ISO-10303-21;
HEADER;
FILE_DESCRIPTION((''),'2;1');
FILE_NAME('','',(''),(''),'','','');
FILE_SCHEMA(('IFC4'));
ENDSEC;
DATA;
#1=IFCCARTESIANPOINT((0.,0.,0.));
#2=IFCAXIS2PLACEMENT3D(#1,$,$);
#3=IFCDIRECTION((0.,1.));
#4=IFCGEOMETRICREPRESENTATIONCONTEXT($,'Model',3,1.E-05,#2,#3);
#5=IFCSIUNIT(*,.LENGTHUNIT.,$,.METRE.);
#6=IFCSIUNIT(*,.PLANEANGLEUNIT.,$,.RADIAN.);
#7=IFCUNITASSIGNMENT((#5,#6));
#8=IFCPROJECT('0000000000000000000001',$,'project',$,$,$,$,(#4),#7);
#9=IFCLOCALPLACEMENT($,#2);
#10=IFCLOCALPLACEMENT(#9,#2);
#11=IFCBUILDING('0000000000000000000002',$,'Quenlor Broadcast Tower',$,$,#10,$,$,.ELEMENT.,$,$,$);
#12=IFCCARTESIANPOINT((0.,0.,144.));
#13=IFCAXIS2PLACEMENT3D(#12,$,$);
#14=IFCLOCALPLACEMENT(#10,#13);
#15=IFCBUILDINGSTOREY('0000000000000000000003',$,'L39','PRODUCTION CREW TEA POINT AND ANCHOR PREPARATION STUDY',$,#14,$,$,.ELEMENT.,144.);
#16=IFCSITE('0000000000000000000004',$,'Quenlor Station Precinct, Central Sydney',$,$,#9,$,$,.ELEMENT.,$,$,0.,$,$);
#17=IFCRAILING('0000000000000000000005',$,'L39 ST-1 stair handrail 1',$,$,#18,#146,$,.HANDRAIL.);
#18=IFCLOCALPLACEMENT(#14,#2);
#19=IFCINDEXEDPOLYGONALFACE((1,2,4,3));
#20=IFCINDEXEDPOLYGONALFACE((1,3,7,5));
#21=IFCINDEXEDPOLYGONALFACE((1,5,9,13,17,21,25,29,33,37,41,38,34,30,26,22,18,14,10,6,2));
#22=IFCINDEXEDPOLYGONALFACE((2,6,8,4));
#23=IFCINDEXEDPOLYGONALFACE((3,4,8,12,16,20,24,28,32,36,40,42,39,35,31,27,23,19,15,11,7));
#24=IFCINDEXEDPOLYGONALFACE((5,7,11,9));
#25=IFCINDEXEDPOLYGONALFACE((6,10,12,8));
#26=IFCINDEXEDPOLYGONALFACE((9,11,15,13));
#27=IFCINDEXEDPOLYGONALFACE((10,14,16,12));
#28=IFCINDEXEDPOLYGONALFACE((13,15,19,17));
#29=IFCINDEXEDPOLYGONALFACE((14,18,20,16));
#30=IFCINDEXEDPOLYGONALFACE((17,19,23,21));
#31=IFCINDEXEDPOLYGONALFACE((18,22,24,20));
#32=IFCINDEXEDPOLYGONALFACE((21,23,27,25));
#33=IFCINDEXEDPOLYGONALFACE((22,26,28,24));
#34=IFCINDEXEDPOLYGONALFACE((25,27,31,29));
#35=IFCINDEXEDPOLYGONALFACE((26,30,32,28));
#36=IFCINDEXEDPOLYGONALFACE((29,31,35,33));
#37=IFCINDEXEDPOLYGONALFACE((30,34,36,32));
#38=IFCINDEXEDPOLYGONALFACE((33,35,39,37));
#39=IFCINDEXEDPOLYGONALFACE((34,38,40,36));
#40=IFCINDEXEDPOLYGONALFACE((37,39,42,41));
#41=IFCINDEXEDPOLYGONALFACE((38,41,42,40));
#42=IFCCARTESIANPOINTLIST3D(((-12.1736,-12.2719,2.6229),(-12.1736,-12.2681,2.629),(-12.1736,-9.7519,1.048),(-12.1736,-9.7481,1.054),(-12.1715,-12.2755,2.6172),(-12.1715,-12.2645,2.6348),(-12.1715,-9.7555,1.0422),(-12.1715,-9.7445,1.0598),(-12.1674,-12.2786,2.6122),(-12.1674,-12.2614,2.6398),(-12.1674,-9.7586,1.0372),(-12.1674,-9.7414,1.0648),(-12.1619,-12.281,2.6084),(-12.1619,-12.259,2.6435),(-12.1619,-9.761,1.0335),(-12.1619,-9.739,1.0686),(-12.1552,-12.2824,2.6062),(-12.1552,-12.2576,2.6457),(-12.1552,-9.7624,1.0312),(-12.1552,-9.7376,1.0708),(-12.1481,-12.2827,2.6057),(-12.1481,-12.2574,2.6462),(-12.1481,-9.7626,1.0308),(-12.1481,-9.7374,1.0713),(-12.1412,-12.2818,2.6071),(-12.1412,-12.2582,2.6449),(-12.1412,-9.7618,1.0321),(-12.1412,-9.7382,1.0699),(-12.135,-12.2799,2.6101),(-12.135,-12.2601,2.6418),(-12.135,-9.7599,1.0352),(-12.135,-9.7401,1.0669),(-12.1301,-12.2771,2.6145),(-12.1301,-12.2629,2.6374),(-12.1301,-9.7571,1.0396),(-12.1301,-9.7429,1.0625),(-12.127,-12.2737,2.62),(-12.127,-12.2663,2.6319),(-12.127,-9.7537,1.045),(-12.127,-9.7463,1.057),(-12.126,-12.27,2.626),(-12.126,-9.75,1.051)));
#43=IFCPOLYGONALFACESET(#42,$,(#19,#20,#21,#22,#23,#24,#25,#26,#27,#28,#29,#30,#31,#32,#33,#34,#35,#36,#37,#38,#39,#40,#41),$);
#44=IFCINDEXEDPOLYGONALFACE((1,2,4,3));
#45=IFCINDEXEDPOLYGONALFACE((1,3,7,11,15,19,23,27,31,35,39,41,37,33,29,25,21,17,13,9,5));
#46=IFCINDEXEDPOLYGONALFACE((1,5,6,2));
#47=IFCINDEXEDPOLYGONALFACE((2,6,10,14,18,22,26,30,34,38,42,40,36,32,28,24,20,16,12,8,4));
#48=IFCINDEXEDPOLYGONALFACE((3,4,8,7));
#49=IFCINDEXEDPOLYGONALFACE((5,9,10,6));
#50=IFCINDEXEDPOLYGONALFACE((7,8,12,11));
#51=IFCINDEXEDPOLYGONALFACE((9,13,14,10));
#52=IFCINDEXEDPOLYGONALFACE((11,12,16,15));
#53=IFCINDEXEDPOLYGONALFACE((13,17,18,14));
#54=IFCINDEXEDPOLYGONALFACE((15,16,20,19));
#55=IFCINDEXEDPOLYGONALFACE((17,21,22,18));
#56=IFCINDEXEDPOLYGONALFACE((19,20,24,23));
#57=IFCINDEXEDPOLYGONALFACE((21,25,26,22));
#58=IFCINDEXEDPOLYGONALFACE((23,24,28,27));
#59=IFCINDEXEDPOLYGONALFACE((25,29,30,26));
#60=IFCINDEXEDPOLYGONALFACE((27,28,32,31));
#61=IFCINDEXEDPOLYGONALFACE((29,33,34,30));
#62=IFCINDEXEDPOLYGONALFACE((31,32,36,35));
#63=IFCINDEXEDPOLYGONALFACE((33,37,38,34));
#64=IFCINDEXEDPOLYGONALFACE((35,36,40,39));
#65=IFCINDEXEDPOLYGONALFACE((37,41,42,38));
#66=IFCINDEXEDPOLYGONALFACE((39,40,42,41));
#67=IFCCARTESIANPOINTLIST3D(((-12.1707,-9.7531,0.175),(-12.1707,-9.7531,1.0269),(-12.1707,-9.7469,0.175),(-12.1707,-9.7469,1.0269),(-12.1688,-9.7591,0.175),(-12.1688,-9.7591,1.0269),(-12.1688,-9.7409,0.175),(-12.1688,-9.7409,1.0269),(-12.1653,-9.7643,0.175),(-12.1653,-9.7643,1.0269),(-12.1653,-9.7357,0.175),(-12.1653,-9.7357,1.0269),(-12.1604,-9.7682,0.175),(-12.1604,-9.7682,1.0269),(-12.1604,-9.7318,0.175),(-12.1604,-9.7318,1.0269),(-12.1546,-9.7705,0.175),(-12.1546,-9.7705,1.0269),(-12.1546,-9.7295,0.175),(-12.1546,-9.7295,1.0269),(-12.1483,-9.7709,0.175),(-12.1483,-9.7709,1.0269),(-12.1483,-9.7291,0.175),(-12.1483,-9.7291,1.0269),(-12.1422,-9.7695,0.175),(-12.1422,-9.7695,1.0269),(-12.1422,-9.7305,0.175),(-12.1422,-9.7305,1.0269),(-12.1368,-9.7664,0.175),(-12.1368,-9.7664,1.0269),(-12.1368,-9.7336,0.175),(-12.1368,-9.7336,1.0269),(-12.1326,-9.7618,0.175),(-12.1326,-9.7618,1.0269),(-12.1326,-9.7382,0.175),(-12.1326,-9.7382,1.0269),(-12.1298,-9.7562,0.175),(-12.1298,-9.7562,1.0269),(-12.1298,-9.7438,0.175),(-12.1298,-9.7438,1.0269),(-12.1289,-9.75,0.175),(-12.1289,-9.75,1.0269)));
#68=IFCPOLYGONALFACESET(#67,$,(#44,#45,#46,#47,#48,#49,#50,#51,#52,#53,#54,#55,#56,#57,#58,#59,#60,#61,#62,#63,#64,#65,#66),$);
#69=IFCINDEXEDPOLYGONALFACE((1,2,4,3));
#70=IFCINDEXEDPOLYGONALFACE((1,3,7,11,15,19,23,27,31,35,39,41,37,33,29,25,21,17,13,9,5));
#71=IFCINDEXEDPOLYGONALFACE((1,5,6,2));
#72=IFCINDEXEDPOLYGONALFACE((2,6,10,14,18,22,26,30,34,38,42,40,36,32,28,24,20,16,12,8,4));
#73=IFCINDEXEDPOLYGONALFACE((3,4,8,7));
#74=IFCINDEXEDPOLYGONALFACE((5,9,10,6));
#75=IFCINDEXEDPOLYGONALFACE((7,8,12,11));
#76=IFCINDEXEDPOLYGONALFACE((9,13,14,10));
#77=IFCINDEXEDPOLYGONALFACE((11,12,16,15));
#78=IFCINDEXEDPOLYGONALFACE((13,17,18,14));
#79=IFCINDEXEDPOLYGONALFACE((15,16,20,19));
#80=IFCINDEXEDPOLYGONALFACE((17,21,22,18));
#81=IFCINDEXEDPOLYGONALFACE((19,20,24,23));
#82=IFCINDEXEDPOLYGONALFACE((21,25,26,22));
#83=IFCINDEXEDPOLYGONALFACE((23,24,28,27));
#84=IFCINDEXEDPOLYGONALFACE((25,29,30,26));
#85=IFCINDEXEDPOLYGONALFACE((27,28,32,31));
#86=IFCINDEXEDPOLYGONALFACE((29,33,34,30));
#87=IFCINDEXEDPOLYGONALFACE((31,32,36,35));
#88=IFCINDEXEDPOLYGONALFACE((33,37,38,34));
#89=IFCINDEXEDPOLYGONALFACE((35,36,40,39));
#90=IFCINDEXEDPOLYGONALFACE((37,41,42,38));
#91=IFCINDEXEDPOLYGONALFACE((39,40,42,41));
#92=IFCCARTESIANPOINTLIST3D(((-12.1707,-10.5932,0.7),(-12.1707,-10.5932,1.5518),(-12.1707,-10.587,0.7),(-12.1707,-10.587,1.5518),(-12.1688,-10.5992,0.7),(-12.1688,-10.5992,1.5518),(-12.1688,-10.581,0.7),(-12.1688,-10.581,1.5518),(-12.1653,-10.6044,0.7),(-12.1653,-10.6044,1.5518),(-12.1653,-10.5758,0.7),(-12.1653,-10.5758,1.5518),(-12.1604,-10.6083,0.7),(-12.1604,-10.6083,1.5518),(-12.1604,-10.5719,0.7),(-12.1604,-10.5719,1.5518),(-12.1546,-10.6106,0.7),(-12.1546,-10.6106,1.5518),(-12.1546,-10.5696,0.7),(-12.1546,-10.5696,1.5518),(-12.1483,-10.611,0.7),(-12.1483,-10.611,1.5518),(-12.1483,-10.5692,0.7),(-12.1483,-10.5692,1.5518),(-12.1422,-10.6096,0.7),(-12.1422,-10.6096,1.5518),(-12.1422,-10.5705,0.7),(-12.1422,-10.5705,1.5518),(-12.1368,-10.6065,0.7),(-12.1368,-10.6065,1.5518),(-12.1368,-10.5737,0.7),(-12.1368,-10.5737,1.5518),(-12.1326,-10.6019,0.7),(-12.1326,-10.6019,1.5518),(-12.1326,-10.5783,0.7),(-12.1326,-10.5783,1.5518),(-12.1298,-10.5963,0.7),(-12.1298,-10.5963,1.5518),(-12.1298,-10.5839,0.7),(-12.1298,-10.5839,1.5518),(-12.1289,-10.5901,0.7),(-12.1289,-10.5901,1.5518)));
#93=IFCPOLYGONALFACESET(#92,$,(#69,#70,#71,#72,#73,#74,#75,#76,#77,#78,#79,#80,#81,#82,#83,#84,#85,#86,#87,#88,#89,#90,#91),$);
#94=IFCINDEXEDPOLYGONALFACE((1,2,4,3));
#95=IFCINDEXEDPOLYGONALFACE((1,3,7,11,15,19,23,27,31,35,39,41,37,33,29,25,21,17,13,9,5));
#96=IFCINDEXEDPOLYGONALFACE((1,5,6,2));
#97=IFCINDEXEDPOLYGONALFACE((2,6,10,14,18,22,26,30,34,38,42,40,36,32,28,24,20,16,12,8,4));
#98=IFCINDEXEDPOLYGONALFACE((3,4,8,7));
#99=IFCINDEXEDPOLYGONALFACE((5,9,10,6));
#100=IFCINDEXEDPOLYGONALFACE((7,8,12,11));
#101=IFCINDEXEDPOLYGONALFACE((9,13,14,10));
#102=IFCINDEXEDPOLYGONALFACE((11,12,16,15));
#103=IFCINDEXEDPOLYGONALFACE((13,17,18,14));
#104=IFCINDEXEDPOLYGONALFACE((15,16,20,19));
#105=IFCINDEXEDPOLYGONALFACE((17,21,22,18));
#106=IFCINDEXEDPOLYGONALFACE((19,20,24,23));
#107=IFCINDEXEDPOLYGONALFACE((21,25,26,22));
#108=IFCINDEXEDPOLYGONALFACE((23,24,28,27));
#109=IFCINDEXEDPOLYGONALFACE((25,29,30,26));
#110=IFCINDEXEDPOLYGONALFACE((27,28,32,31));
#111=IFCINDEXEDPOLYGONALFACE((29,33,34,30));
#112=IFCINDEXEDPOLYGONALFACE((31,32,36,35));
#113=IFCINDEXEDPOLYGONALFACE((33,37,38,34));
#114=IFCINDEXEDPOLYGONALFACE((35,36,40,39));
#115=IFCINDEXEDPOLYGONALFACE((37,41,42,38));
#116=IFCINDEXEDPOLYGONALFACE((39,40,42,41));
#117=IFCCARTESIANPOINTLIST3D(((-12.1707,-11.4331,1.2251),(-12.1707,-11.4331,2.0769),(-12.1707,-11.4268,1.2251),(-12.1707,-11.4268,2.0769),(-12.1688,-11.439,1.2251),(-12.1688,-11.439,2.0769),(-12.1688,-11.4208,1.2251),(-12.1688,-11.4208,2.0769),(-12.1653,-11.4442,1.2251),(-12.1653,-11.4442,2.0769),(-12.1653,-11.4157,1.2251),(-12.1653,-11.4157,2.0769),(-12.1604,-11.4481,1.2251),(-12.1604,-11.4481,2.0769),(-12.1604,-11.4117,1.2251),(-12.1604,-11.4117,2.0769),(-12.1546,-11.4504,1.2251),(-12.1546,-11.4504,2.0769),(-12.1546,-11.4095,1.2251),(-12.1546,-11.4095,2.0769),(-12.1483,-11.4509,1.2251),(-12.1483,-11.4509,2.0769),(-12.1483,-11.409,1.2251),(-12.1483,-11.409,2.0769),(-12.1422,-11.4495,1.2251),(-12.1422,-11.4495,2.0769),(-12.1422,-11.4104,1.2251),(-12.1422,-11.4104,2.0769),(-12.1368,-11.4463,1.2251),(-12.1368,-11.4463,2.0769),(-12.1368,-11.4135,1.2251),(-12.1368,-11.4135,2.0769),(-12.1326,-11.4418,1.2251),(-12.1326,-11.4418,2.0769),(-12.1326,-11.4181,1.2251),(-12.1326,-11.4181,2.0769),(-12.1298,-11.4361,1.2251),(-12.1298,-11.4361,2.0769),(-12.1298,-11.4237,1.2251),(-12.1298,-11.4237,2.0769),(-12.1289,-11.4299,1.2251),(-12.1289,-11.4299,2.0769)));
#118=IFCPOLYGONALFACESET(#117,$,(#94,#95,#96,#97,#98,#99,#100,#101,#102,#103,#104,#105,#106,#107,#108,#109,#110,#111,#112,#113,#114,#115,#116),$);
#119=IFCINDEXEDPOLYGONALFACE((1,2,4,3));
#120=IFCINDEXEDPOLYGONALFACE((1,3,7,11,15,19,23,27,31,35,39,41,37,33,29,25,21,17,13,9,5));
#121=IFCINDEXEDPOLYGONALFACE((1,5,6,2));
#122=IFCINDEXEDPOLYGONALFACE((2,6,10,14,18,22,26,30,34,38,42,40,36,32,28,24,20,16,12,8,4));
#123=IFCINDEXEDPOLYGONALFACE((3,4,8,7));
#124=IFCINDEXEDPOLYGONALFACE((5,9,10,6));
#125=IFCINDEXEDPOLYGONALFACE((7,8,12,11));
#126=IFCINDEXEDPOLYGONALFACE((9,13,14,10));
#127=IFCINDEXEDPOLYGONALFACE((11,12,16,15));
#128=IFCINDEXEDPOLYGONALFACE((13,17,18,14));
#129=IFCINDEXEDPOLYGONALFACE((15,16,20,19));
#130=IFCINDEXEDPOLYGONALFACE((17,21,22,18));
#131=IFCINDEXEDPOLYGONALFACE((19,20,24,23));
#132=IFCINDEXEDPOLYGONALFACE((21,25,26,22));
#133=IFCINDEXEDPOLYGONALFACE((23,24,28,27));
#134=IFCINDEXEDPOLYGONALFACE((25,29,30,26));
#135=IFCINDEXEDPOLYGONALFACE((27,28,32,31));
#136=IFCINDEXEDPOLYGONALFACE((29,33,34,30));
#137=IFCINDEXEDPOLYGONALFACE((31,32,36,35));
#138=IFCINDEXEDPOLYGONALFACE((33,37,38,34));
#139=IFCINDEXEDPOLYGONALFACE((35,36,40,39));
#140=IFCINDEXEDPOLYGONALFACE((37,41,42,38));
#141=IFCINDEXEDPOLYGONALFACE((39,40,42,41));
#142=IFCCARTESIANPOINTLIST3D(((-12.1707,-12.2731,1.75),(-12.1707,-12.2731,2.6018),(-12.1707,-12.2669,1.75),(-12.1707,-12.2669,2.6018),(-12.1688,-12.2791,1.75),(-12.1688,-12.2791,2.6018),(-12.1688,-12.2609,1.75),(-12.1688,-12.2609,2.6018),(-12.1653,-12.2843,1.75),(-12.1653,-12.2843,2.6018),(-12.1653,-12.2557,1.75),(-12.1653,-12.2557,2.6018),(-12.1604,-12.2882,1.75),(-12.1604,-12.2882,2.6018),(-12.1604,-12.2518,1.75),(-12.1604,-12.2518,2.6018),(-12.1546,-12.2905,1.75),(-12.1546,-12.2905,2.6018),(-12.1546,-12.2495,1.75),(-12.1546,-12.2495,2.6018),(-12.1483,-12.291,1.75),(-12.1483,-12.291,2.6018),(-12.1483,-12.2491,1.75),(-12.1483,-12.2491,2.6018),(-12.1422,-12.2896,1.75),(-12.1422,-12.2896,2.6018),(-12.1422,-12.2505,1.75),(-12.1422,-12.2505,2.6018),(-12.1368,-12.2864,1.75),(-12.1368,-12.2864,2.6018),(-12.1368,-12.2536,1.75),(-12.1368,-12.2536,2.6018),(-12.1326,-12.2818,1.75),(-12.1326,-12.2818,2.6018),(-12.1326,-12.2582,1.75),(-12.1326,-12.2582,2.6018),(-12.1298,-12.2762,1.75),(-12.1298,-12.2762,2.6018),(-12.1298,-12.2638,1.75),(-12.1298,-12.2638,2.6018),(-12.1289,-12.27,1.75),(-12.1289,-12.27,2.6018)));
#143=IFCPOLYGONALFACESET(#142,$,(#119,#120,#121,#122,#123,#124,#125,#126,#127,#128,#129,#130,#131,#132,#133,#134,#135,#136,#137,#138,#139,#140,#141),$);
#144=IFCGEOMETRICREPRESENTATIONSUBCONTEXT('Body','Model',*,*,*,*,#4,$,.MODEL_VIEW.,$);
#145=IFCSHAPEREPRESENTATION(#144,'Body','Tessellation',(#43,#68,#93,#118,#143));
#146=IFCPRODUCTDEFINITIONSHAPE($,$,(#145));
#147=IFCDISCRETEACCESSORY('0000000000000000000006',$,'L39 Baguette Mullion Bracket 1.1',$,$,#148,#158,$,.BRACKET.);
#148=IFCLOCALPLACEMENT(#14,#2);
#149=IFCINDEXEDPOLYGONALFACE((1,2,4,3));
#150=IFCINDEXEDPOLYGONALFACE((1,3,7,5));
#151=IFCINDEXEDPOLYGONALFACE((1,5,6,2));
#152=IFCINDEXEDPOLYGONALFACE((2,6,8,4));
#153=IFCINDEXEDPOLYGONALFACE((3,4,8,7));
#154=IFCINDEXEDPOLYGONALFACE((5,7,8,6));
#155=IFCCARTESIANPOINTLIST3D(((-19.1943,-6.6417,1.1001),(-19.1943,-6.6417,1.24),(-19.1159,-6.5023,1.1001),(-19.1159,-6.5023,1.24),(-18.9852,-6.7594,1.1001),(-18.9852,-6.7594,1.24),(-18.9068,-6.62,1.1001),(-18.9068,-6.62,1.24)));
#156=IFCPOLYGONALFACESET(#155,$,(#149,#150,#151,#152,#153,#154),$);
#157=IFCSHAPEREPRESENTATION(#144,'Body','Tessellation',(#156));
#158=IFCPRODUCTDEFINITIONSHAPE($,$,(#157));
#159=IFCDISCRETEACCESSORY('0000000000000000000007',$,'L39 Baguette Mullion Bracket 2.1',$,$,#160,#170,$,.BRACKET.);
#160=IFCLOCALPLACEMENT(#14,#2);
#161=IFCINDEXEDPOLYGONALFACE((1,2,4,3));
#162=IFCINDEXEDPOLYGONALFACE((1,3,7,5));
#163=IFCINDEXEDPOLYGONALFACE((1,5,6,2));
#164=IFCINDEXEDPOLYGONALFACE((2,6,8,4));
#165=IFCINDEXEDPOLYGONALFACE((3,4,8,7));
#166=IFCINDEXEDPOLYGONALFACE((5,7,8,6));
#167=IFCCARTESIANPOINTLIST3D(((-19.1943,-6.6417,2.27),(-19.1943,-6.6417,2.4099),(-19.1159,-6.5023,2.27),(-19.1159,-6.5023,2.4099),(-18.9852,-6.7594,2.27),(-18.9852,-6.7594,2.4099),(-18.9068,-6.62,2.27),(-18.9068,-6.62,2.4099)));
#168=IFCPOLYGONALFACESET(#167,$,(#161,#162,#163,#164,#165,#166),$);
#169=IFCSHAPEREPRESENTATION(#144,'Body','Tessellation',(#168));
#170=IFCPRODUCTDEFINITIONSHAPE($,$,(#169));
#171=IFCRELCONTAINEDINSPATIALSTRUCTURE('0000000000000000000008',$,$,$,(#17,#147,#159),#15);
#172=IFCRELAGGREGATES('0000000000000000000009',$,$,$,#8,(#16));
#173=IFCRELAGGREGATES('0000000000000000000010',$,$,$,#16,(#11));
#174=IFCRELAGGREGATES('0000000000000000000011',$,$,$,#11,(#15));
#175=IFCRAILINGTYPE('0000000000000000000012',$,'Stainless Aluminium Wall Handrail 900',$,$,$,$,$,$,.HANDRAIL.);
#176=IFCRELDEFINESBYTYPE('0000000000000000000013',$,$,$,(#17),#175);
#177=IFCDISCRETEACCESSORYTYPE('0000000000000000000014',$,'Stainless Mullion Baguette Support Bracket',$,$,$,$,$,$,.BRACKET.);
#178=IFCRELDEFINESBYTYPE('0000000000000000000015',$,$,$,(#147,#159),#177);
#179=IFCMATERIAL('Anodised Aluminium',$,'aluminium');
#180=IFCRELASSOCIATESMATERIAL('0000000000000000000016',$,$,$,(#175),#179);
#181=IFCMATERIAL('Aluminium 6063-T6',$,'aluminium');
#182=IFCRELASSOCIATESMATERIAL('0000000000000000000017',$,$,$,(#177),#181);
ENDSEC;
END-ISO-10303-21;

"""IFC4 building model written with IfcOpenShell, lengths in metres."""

from ifc_helpers import new_model, si_unit, direction, frame, origin, origin_2d, place, context, subcontext, project, spatial, rectangle, circle, extrude, material, type_object, element, save


model = new_model("IFC4")

# Units and contexts
model_context = context("Model", 3, precision=1e-05, world=origin(), true_north=direction((0.0, 1.0)))
body_context = subcontext(model_context, "Body", "Model", "MODEL_VIEW")
ifc_project = project(units=[si_unit("LENGTHUNIT", "METRE"), si_unit("PLANEANGLEUNIT", "RADIAN")], contexts=[model_context])

# Site, building, storey
site_placement = place(None, origin())
site = spatial("IfcSite", under=ifc_project, at=site_placement, Name="Quenlor Station Precinct, Central Sydney", CompositionType="ELEMENT", RefElevation=0.0)
building_placement = place(site_placement, origin())
building = spatial("IfcBuilding", under=site, at=building_placement, Name="Quenlor Broadcast Tower", CompositionType="ELEMENT")
storey_placement = place(building_placement, frame((0.0, 0.0, 144.0)))
storey = spatial("IfcBuildingStorey", under=building, at=storey_placement, Name="L39", Description="PRODUCTION CREW TEA POINT AND ANCHOR PREPARATION STUDY", CompositionType="ELEMENT", Elevation=144.0)

# Railing
ifc_material_1 = material(Name="Anodised Aluminium", Category="aluminium")
railing_type = type_object("IfcRailingType", Name="Stainless Aluminium Wall Handrail 900", PredefinedType="HANDRAIL", material=ifc_material_1)
railing_placement = place(storey_placement, frame((-12.1499, -9.75, 0.175)))
element("IfcRailing", 1, at=railing_placement, inside=storey, type_object=railing_type, Name="L39 ST-1 stair handrail 1", PredefinedType="HANDRAIL", context=body_context, shape_type="SweptSolid", body=[
    extrude(circle(Radius=0.0239, at=origin_2d()), frame((0.0, 0.0, 0.876), z_axis=(0.0, -0.848008, 0.529984), x_axis=(1.0, 0.0, 0.0)), (0.0, 0.0, 1.0), 2.9717),
    extrude(circle(Radius=0.021, at=origin_2d()), origin(), (0.0, 0.0, 1.0), 0.8518),
    extrude(circle(Radius=0.021, at=origin_2d()), frame((0.0, -0.8401, 0.5249)), (0.0, 0.0, 1.0), 0.8518),
    extrude(circle(Radius=0.021, at=origin_2d()), frame((0.0, -1.6799, 1.05)), (0.0, 0.0, 1.0), 0.8518),
    extrude(circle(Radius=0.021, at=origin_2d()), frame((0.0, -2.52, 1.575)), (0.0, 0.0, 1.0), 0.8518),
])

# Discrete accessories
ifc_material_2 = material(Name="Aluminium 6063-T6", Category="aluminium")
discrete_accessory_type = type_object("IfcDiscreteAccessoryType", Name="Stainless Mullion Baguette Support Bracket", PredefinedType="BRACKET", material=ifc_material_2)
for number, where, z_axis, x_axis, name in (
    (2, (-19.0505, -6.6309, 1.1001), (0.0, 0.0, 1.0), (0.490259, 0.871577, 0.0), "L39 Baguette Mullion Bracket 1.1"),
    (3, (-19.0505, -6.6309, 2.27), (0.0, 0.0, 1.0), (0.490259, 0.871577, 0.0), "L39 Baguette Mullion Bracket 2.1"),
):
    element("IfcDiscreteAccessory", number, at=place(storey_placement, frame(where, z_axis=z_axis, x_axis=x_axis)), inside=storey, type_object=discrete_accessory_type, Name=name, PredefinedType="BRACKET", context=body_context, shape_type="SweptSolid", body=[
        extrude(rectangle(XDim=0.1599, YDim=0.24, at=origin_2d()), origin(), (0.0, 0.0, 1.0), 0.1399),
    ])

save(model, "model.ifc")
